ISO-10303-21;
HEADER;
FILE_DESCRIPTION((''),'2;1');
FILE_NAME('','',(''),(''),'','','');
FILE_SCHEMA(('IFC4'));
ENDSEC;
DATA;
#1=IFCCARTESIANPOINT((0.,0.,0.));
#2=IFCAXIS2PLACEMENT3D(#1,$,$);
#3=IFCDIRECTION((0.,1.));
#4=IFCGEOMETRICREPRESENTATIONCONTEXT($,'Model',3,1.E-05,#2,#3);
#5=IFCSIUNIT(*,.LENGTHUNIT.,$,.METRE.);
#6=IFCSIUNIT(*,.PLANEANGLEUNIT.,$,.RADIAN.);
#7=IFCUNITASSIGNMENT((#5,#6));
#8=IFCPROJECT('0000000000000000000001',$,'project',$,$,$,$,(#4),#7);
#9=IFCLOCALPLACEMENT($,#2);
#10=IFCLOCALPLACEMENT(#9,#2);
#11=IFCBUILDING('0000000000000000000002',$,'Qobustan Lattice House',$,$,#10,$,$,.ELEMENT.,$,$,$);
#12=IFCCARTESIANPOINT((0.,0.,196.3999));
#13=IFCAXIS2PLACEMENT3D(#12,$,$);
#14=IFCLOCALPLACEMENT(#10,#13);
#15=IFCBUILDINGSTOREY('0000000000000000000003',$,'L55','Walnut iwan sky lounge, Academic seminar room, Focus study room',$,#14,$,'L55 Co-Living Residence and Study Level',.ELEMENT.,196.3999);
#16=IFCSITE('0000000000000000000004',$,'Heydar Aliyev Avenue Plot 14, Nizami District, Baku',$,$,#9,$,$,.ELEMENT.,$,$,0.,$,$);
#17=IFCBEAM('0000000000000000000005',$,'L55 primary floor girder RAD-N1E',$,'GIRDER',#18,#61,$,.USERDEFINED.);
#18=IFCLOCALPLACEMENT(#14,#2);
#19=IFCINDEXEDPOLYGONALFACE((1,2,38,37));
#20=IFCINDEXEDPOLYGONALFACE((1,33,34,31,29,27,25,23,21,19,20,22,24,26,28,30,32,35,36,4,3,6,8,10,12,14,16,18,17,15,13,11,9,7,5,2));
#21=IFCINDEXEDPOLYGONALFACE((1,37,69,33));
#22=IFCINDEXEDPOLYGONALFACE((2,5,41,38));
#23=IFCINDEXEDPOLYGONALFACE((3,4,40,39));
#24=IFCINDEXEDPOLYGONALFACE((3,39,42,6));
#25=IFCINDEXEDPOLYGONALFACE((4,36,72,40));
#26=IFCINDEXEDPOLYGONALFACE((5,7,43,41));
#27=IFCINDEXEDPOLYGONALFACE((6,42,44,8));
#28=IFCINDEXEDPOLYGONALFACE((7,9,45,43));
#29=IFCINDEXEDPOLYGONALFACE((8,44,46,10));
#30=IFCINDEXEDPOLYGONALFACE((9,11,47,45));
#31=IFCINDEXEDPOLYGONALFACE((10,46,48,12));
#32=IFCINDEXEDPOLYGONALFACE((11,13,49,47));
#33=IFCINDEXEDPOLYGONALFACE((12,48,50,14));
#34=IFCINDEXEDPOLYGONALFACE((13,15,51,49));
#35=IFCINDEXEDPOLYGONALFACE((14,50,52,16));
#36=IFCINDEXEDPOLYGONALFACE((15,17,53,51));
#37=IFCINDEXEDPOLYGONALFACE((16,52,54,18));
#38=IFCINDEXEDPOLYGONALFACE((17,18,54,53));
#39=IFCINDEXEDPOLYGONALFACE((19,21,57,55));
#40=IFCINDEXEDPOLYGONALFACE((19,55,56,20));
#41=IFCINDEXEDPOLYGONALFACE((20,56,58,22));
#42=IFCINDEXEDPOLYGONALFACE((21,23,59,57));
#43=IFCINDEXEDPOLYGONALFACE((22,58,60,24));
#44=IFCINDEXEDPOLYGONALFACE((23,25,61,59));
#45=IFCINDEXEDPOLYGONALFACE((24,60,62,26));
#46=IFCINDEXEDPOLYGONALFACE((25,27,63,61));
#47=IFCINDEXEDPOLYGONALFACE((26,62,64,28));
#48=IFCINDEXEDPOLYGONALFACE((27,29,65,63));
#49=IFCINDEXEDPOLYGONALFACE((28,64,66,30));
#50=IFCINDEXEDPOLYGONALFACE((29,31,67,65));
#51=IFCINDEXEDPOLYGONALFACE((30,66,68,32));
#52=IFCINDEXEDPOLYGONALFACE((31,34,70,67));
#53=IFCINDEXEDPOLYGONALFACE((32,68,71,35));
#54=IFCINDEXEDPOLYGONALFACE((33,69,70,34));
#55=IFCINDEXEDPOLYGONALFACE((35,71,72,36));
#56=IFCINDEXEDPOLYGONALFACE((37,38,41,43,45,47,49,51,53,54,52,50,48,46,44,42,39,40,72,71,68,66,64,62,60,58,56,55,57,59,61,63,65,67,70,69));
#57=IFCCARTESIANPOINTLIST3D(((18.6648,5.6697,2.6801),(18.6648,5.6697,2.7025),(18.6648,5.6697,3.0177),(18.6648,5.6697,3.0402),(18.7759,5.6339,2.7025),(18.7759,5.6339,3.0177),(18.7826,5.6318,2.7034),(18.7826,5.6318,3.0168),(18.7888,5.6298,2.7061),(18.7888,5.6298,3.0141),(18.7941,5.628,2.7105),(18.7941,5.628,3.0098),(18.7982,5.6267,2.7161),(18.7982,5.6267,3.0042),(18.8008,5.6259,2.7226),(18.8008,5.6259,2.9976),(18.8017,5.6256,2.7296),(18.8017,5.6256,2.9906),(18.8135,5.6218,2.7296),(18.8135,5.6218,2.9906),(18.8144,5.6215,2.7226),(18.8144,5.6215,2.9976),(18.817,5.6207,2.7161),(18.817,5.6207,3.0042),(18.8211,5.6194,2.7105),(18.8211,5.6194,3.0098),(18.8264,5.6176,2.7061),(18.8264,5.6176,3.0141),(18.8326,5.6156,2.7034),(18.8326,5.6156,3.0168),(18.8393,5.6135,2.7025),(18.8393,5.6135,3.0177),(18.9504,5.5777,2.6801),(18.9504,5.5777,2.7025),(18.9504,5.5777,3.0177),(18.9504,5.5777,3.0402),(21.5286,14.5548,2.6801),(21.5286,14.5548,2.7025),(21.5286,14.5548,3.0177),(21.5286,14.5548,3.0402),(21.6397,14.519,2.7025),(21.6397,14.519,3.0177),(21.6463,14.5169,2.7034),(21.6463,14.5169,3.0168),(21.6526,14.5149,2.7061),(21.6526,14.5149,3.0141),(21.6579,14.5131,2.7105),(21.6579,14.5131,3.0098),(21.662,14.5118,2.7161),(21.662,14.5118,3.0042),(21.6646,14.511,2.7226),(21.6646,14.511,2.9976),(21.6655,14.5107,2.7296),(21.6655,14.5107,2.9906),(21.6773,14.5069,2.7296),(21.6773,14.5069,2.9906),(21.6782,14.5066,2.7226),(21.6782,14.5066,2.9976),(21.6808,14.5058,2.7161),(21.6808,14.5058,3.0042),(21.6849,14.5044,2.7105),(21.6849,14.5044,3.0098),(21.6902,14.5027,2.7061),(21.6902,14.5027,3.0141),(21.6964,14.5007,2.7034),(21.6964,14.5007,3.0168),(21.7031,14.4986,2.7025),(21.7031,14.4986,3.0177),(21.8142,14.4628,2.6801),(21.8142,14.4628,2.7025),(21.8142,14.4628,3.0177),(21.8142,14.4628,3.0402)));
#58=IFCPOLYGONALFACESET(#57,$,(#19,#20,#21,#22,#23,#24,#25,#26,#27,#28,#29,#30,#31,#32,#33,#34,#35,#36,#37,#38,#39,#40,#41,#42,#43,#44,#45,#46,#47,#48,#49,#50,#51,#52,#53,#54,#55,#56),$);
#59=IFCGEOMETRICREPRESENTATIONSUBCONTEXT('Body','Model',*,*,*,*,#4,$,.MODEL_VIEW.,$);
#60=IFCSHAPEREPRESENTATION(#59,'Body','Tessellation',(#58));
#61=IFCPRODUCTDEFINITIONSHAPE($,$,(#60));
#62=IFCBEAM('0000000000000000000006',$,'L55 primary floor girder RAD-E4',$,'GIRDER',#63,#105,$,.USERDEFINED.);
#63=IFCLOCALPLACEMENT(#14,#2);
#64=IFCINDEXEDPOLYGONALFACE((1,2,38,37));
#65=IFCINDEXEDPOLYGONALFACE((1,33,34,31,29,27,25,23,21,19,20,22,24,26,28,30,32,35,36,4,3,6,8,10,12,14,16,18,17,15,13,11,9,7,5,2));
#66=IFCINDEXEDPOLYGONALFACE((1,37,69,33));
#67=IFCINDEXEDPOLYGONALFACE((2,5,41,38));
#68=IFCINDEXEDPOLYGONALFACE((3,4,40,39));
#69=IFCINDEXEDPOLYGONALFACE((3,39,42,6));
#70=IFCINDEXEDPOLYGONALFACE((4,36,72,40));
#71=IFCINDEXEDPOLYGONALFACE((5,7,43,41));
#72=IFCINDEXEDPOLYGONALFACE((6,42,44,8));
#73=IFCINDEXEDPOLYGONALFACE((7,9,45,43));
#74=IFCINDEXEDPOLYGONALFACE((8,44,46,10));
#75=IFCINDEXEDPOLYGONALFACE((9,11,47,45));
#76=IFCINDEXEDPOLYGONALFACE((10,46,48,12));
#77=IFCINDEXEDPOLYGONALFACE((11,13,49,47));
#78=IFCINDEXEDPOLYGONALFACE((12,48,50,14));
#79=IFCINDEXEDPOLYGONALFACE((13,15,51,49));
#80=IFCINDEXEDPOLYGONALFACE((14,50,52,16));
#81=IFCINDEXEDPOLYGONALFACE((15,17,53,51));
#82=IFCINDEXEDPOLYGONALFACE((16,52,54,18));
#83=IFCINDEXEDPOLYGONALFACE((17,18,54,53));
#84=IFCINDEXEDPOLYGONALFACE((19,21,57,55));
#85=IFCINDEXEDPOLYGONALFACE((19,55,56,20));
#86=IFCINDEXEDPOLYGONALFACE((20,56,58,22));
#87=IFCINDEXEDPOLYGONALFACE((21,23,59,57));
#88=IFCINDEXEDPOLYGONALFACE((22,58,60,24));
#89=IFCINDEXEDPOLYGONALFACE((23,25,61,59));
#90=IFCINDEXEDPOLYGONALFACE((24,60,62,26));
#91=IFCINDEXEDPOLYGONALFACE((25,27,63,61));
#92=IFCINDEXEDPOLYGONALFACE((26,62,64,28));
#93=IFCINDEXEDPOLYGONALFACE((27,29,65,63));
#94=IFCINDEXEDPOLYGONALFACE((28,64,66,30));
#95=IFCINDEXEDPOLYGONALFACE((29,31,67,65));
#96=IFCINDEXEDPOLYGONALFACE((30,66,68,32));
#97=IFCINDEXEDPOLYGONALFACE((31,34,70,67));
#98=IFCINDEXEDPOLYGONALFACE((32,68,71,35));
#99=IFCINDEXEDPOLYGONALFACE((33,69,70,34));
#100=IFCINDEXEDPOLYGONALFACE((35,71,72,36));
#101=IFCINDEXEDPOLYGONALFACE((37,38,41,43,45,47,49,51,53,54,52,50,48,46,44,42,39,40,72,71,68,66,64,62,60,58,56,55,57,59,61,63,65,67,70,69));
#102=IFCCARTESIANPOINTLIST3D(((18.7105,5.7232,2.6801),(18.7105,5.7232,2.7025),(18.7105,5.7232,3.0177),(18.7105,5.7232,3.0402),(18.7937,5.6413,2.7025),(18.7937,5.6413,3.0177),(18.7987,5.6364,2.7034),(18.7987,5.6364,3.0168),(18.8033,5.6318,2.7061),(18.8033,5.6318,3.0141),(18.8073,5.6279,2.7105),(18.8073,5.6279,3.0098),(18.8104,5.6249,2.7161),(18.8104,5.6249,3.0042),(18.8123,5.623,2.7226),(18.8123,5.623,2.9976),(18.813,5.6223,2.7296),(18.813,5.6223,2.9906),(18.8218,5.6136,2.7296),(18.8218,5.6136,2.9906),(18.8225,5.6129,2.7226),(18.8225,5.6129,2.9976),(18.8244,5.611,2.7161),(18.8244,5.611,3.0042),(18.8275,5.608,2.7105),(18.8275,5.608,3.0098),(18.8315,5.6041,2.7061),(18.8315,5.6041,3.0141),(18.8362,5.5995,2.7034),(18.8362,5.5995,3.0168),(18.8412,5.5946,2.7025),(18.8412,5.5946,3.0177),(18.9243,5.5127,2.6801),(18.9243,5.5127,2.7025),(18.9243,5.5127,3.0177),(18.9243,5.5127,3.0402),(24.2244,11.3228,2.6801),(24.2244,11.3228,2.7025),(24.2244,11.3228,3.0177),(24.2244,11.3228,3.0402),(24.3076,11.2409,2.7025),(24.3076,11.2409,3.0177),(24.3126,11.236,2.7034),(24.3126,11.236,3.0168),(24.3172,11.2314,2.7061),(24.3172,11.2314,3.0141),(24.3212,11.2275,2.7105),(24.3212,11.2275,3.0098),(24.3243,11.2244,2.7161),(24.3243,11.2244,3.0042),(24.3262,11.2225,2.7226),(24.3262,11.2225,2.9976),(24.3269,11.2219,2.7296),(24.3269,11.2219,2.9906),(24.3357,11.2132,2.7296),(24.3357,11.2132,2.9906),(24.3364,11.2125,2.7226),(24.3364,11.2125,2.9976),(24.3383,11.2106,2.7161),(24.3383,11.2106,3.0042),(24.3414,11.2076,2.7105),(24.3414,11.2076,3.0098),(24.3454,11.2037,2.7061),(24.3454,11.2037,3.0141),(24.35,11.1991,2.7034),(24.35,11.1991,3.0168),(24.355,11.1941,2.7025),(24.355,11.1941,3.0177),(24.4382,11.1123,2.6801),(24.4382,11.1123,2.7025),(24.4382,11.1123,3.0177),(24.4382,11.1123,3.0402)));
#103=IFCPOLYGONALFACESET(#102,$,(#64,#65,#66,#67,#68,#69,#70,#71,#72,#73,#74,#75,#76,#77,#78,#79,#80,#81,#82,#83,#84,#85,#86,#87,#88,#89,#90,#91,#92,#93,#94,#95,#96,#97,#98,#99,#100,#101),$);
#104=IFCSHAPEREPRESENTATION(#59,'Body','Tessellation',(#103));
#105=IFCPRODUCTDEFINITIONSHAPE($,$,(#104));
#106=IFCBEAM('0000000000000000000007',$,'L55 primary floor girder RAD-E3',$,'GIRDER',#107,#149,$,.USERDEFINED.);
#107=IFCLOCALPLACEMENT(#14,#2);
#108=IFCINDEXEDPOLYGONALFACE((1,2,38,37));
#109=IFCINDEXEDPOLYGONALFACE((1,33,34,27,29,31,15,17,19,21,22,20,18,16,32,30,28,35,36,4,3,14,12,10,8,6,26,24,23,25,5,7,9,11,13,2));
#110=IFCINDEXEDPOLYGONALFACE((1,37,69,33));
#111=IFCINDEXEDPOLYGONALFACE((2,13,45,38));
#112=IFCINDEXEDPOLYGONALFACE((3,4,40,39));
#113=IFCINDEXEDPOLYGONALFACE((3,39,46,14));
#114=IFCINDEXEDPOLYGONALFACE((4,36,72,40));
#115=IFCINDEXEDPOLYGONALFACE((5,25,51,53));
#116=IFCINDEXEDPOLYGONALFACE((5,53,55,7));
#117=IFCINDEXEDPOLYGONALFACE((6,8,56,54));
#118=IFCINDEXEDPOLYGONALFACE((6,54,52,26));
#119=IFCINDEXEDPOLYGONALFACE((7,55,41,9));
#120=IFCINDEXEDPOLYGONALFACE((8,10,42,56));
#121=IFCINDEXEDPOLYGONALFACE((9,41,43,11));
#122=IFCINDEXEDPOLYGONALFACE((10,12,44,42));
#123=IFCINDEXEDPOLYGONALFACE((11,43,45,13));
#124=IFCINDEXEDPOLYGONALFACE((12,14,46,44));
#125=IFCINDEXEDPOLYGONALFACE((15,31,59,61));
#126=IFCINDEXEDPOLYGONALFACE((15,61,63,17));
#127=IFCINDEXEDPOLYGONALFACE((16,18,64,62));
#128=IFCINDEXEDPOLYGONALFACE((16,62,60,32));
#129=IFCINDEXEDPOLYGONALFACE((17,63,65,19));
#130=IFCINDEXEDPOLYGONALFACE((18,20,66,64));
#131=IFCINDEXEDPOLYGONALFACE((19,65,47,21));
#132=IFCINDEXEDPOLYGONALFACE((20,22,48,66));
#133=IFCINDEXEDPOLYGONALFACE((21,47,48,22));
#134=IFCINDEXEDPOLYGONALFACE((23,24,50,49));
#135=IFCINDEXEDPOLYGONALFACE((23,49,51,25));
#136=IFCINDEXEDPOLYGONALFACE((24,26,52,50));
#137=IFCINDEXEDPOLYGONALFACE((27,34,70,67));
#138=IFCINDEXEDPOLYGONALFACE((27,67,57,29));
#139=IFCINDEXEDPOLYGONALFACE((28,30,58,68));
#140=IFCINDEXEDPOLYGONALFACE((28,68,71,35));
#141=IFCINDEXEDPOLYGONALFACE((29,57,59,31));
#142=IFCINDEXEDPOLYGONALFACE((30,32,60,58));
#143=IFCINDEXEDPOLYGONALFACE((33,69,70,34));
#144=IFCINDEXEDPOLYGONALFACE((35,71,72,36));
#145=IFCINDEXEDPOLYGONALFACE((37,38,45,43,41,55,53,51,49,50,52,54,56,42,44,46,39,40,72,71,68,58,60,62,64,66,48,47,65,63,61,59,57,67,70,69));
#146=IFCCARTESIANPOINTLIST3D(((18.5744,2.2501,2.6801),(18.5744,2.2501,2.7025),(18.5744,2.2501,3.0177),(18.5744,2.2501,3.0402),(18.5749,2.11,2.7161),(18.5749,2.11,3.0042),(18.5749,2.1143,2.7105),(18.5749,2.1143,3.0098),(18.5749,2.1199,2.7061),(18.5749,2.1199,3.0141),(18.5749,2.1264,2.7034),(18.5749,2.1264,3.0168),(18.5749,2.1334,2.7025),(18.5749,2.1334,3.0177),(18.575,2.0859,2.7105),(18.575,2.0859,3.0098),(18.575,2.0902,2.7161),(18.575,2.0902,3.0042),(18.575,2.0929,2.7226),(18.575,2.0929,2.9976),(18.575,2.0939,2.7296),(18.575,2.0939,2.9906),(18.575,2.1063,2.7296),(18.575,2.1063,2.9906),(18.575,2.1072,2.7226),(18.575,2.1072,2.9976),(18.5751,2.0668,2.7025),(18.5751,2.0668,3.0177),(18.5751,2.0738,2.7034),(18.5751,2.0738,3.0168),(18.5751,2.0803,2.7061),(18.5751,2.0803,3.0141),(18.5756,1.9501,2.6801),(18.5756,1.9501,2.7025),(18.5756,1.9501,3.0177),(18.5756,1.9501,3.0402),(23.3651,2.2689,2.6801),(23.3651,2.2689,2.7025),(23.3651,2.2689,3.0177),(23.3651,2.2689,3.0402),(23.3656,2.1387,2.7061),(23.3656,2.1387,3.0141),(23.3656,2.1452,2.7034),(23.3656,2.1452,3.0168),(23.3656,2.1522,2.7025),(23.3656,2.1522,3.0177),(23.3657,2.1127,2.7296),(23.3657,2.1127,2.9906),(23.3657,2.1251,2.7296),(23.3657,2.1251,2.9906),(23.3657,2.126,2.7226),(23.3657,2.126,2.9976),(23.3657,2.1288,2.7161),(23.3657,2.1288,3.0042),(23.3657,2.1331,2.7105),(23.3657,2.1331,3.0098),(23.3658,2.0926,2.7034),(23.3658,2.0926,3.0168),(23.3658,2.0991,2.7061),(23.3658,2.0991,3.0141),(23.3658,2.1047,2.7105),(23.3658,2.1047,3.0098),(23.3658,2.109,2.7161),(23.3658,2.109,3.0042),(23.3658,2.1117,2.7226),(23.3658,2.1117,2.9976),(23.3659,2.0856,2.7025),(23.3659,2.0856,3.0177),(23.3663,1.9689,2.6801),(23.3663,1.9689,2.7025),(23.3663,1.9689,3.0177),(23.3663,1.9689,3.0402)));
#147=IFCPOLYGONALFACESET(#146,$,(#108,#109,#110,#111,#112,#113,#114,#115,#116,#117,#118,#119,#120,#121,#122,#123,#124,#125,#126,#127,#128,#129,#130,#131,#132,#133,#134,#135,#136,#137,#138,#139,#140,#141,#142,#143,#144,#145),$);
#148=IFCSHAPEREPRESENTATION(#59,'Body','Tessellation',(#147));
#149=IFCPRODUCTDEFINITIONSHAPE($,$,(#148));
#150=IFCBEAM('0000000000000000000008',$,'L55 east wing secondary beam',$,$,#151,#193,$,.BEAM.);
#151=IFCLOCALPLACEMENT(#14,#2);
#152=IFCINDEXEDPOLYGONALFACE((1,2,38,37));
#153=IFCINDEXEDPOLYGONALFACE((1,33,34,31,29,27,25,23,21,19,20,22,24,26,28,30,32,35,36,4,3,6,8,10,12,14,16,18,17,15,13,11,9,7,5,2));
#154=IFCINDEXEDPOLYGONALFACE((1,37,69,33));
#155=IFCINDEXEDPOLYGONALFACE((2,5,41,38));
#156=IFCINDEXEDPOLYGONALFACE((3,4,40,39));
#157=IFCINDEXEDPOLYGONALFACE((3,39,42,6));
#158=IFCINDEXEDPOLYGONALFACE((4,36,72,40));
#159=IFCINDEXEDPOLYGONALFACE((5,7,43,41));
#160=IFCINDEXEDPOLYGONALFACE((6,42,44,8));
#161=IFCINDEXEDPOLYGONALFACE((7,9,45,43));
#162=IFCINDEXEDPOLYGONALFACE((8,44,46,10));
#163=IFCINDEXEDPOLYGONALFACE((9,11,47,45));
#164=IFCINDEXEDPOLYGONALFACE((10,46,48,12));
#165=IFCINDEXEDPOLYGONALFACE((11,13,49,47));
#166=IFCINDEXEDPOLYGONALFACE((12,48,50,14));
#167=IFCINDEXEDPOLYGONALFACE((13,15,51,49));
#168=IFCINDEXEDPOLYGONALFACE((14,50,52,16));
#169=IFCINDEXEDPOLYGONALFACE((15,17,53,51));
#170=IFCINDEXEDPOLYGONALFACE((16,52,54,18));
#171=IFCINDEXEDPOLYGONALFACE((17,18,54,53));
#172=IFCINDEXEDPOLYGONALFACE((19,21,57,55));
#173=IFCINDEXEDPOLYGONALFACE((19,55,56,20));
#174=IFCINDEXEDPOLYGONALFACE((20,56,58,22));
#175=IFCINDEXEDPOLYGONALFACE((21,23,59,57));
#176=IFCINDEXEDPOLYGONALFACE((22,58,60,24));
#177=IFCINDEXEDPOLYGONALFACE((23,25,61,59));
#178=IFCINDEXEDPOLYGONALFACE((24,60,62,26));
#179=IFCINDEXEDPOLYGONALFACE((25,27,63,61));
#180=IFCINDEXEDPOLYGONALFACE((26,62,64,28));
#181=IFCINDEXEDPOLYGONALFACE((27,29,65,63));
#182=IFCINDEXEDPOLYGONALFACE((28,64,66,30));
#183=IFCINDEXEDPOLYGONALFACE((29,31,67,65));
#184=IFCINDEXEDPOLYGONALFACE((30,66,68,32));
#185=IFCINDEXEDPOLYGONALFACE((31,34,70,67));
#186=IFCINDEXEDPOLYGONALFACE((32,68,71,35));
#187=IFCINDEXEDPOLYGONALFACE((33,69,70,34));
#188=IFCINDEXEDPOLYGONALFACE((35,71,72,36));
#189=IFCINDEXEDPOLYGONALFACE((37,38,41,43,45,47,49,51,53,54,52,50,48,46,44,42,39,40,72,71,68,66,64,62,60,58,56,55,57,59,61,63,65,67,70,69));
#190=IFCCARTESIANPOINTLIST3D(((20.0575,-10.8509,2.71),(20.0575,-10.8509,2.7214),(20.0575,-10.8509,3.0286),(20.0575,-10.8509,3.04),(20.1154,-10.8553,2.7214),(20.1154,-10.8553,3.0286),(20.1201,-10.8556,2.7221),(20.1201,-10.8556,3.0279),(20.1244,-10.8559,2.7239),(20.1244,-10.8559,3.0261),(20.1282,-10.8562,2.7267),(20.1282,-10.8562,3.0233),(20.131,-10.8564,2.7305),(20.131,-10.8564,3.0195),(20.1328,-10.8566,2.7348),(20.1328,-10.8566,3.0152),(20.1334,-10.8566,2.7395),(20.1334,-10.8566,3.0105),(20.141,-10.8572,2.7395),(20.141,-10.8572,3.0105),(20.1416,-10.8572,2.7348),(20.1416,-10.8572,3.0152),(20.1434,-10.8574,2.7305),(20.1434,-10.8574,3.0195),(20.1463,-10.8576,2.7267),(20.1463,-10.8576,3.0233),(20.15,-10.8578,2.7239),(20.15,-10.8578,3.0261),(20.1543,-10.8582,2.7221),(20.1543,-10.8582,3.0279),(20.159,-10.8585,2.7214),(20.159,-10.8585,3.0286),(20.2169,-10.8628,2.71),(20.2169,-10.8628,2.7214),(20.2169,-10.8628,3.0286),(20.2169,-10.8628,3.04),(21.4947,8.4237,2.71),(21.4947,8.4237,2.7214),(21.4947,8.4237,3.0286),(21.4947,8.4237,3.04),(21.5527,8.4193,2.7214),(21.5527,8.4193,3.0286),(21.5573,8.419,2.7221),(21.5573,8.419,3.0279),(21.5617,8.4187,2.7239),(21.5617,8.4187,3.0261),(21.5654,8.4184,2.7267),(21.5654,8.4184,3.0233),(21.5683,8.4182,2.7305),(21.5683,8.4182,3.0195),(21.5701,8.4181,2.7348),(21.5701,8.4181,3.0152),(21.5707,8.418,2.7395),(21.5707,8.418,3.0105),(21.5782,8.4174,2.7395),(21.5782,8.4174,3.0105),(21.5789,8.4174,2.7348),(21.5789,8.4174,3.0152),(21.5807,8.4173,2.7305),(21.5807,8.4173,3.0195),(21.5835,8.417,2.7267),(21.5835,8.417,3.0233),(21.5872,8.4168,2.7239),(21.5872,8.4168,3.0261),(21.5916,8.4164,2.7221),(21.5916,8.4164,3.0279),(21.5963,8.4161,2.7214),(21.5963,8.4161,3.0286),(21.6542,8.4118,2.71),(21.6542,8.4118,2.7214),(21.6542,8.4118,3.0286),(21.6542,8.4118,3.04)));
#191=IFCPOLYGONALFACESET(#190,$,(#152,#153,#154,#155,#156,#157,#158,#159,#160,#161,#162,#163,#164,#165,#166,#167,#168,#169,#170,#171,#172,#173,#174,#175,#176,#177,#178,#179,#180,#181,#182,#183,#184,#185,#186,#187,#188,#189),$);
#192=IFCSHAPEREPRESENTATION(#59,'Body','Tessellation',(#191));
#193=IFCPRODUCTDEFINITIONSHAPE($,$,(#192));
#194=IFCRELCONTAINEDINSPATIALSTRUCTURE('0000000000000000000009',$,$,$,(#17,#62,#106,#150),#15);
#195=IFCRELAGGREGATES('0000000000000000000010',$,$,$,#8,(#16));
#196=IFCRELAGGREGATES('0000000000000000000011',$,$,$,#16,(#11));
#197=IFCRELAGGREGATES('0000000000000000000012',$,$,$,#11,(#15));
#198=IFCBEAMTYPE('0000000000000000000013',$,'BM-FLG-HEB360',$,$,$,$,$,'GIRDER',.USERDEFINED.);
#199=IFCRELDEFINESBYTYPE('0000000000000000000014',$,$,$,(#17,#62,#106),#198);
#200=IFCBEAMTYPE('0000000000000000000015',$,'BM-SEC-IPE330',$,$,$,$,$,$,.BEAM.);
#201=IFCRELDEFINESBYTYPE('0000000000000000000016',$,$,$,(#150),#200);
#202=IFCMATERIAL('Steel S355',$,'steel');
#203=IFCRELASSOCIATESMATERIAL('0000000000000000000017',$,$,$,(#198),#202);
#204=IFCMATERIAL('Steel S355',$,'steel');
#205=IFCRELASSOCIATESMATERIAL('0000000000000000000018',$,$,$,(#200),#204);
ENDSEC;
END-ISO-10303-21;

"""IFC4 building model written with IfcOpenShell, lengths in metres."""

from ifc_helpers import new_model, si_unit, direction, frame, origin, origin_2d, place, context, subcontext, project, spatial, i_section, extrude, material, material_profile, profile_set, type_object, element, save


model = new_model("IFC4")

# Units and contexts
model_context = context("Model", 3, precision=1e-05, world=origin(), true_north=direction((0.0, 1.0)))
body_context = subcontext(model_context, "Body", "Model", "MODEL_VIEW")
ifc_project = project(units=[si_unit("LENGTHUNIT", "METRE"), si_unit("PLANEANGLEUNIT", "RADIAN")], contexts=[model_context])

# Site, building, storey
site_placement = place(None, origin())
site = spatial("IfcSite", under=ifc_project, at=site_placement, Name="Heydar Aliyev Avenue Plot 14, Nizami District, Baku", CompositionType="ELEMENT", RefElevation=0.0)
building_placement = place(site_placement, origin())
building = spatial("IfcBuilding", under=site, at=building_placement, Name="Qobustan Lattice House", CompositionType="ELEMENT")
storey_placement = place(building_placement, frame((0.0, 0.0, 196.3999)))
storey = spatial("IfcBuildingStorey", under=building, at=storey_placement, Name="L55", Description="Walnut iwan sky lounge, Academic seminar room, Focus study room", LongName="L55 Co-Living Residence and Study Level", CompositionType="ELEMENT", Elevation=196.3999)

# Beams
ifc_material_1 = material(Name="Steel S355", Category="steel")
ifc_material_profile_1 = material_profile(ifc_material_1, i_section(OverallWidth=0.3, OverallDepth=0.3601, WebThickness=0.0125, FlangeThickness=0.0225, FilletRadius=0.0271, at=origin_2d()), Name="HEB360")
ifc_profile_set_1 = profile_set([ifc_material_profile_1], Name="Steel S355")
beam_type_1 = type_object("IfcBeamType", Name="BM-FLG-HEB360", ElementType="GIRDER", PredefinedType="USERDEFINED", material=ifc_profile_set_1)
beam_1_placement = place(storey_placement, frame((21.6714, 14.5088, 2.8601), z_axis=(-0.306774, -0.951783, 0.0), x_axis=(0.951783, -0.306774, 0.0)))
element("IfcBeam", 1, at=beam_1_placement, inside=storey, type_object=beam_type_1, Name="L55 primary floor girder RAD-N1E", ObjectType="GIRDER", PredefinedType="USERDEFINED", context=body_context, shape_type="SweptSolid", body=[
    extrude(i_section(OverallWidth=0.3, OverallDepth=0.3601, WebThickness=0.0125, FlangeThickness=0.0225, FilletRadius=0.0271, at=origin_2d()), origin(), (0.0, 0.0, 1.0), 9.3352),
])
beam_2_placement = place(storey_placement, frame((24.3313, 11.2175, 2.8601), z_axis=(-0.701634, -0.712538, 0.0), x_axis=(0.712538, -0.701634, 0.0)))
element("IfcBeam", 2, at=beam_2_placement, inside=storey, type_object=beam_type_1, Name="L55 primary floor girder RAD-E4", ObjectType="GIRDER", PredefinedType="USERDEFINED", context=body_context, shape_type="SweptSolid", body=[
    extrude(i_section(OverallWidth=0.3, OverallDepth=0.3601, WebThickness=0.0125, FlangeThickness=0.0225, FilletRadius=0.0271, at=origin_2d()), origin(), (0.0, 0.0, 1.0), 7.8586),
])
beam_3_placement = place(storey_placement, frame((23.3657, 2.1189, 2.8601), z_axis=(-0.999992, -0.003924, 0.0), x_axis=(0.003924, -0.999992, 0.0)))
element("IfcBeam", 3, at=beam_3_placement, inside=storey, type_object=beam_type_1, Name="L55 primary floor girder RAD-E3", ObjectType="GIRDER", PredefinedType="USERDEFINED", context=body_context, shape_type="SweptSolid", body=[
    extrude(i_section(OverallWidth=0.3, OverallDepth=0.3601, WebThickness=0.0125, FlangeThickness=0.0225, FilletRadius=0.0271, at=origin_2d()), origin(), (0.0, 0.0, 1.0), 4.7908),
])
ifc_material_2 = material(Name="Steel S355", Category="steel")
ifc_material_profile_2 = material_profile(ifc_material_2, i_section(OverallWidth=0.1599, OverallDepth=0.3301, WebThickness=0.0076, FlangeThickness=0.0115, FilletRadius=0.0181, at=origin_2d()), Name="IPE330")
ifc_profile_set_2 = profile_set([ifc_material_profile_2], Name="Steel S355")
beam_type_2 = type_object("IfcBeamType", Name="BM-SEC-IPE330", PredefinedType="BEAM", material=ifc_profile_set_2)
beam_4_placement = place(storey_placement, frame((21.5745, 8.4177, 2.875), z_axis=(-0.074361, -0.997231, 0.0), x_axis=(0.997231, -0.074361, 0.0)))
element("IfcBeam", 4, at=beam_4_placement, inside=storey, type_object=beam_type_2, Name="L55 east wing secondary beam", PredefinedType="BEAM", context=body_context, shape_type="SweptSolid", body=[
    extrude(i_section(OverallWidth=0.1599, OverallDepth=0.3301, WebThickness=0.0076, FlangeThickness=0.0115, FilletRadius=0.0181, at=origin_2d()), origin(), (0.0, 0.0, 1.0), 19.3281),
])

save(model, "model.ifc")
